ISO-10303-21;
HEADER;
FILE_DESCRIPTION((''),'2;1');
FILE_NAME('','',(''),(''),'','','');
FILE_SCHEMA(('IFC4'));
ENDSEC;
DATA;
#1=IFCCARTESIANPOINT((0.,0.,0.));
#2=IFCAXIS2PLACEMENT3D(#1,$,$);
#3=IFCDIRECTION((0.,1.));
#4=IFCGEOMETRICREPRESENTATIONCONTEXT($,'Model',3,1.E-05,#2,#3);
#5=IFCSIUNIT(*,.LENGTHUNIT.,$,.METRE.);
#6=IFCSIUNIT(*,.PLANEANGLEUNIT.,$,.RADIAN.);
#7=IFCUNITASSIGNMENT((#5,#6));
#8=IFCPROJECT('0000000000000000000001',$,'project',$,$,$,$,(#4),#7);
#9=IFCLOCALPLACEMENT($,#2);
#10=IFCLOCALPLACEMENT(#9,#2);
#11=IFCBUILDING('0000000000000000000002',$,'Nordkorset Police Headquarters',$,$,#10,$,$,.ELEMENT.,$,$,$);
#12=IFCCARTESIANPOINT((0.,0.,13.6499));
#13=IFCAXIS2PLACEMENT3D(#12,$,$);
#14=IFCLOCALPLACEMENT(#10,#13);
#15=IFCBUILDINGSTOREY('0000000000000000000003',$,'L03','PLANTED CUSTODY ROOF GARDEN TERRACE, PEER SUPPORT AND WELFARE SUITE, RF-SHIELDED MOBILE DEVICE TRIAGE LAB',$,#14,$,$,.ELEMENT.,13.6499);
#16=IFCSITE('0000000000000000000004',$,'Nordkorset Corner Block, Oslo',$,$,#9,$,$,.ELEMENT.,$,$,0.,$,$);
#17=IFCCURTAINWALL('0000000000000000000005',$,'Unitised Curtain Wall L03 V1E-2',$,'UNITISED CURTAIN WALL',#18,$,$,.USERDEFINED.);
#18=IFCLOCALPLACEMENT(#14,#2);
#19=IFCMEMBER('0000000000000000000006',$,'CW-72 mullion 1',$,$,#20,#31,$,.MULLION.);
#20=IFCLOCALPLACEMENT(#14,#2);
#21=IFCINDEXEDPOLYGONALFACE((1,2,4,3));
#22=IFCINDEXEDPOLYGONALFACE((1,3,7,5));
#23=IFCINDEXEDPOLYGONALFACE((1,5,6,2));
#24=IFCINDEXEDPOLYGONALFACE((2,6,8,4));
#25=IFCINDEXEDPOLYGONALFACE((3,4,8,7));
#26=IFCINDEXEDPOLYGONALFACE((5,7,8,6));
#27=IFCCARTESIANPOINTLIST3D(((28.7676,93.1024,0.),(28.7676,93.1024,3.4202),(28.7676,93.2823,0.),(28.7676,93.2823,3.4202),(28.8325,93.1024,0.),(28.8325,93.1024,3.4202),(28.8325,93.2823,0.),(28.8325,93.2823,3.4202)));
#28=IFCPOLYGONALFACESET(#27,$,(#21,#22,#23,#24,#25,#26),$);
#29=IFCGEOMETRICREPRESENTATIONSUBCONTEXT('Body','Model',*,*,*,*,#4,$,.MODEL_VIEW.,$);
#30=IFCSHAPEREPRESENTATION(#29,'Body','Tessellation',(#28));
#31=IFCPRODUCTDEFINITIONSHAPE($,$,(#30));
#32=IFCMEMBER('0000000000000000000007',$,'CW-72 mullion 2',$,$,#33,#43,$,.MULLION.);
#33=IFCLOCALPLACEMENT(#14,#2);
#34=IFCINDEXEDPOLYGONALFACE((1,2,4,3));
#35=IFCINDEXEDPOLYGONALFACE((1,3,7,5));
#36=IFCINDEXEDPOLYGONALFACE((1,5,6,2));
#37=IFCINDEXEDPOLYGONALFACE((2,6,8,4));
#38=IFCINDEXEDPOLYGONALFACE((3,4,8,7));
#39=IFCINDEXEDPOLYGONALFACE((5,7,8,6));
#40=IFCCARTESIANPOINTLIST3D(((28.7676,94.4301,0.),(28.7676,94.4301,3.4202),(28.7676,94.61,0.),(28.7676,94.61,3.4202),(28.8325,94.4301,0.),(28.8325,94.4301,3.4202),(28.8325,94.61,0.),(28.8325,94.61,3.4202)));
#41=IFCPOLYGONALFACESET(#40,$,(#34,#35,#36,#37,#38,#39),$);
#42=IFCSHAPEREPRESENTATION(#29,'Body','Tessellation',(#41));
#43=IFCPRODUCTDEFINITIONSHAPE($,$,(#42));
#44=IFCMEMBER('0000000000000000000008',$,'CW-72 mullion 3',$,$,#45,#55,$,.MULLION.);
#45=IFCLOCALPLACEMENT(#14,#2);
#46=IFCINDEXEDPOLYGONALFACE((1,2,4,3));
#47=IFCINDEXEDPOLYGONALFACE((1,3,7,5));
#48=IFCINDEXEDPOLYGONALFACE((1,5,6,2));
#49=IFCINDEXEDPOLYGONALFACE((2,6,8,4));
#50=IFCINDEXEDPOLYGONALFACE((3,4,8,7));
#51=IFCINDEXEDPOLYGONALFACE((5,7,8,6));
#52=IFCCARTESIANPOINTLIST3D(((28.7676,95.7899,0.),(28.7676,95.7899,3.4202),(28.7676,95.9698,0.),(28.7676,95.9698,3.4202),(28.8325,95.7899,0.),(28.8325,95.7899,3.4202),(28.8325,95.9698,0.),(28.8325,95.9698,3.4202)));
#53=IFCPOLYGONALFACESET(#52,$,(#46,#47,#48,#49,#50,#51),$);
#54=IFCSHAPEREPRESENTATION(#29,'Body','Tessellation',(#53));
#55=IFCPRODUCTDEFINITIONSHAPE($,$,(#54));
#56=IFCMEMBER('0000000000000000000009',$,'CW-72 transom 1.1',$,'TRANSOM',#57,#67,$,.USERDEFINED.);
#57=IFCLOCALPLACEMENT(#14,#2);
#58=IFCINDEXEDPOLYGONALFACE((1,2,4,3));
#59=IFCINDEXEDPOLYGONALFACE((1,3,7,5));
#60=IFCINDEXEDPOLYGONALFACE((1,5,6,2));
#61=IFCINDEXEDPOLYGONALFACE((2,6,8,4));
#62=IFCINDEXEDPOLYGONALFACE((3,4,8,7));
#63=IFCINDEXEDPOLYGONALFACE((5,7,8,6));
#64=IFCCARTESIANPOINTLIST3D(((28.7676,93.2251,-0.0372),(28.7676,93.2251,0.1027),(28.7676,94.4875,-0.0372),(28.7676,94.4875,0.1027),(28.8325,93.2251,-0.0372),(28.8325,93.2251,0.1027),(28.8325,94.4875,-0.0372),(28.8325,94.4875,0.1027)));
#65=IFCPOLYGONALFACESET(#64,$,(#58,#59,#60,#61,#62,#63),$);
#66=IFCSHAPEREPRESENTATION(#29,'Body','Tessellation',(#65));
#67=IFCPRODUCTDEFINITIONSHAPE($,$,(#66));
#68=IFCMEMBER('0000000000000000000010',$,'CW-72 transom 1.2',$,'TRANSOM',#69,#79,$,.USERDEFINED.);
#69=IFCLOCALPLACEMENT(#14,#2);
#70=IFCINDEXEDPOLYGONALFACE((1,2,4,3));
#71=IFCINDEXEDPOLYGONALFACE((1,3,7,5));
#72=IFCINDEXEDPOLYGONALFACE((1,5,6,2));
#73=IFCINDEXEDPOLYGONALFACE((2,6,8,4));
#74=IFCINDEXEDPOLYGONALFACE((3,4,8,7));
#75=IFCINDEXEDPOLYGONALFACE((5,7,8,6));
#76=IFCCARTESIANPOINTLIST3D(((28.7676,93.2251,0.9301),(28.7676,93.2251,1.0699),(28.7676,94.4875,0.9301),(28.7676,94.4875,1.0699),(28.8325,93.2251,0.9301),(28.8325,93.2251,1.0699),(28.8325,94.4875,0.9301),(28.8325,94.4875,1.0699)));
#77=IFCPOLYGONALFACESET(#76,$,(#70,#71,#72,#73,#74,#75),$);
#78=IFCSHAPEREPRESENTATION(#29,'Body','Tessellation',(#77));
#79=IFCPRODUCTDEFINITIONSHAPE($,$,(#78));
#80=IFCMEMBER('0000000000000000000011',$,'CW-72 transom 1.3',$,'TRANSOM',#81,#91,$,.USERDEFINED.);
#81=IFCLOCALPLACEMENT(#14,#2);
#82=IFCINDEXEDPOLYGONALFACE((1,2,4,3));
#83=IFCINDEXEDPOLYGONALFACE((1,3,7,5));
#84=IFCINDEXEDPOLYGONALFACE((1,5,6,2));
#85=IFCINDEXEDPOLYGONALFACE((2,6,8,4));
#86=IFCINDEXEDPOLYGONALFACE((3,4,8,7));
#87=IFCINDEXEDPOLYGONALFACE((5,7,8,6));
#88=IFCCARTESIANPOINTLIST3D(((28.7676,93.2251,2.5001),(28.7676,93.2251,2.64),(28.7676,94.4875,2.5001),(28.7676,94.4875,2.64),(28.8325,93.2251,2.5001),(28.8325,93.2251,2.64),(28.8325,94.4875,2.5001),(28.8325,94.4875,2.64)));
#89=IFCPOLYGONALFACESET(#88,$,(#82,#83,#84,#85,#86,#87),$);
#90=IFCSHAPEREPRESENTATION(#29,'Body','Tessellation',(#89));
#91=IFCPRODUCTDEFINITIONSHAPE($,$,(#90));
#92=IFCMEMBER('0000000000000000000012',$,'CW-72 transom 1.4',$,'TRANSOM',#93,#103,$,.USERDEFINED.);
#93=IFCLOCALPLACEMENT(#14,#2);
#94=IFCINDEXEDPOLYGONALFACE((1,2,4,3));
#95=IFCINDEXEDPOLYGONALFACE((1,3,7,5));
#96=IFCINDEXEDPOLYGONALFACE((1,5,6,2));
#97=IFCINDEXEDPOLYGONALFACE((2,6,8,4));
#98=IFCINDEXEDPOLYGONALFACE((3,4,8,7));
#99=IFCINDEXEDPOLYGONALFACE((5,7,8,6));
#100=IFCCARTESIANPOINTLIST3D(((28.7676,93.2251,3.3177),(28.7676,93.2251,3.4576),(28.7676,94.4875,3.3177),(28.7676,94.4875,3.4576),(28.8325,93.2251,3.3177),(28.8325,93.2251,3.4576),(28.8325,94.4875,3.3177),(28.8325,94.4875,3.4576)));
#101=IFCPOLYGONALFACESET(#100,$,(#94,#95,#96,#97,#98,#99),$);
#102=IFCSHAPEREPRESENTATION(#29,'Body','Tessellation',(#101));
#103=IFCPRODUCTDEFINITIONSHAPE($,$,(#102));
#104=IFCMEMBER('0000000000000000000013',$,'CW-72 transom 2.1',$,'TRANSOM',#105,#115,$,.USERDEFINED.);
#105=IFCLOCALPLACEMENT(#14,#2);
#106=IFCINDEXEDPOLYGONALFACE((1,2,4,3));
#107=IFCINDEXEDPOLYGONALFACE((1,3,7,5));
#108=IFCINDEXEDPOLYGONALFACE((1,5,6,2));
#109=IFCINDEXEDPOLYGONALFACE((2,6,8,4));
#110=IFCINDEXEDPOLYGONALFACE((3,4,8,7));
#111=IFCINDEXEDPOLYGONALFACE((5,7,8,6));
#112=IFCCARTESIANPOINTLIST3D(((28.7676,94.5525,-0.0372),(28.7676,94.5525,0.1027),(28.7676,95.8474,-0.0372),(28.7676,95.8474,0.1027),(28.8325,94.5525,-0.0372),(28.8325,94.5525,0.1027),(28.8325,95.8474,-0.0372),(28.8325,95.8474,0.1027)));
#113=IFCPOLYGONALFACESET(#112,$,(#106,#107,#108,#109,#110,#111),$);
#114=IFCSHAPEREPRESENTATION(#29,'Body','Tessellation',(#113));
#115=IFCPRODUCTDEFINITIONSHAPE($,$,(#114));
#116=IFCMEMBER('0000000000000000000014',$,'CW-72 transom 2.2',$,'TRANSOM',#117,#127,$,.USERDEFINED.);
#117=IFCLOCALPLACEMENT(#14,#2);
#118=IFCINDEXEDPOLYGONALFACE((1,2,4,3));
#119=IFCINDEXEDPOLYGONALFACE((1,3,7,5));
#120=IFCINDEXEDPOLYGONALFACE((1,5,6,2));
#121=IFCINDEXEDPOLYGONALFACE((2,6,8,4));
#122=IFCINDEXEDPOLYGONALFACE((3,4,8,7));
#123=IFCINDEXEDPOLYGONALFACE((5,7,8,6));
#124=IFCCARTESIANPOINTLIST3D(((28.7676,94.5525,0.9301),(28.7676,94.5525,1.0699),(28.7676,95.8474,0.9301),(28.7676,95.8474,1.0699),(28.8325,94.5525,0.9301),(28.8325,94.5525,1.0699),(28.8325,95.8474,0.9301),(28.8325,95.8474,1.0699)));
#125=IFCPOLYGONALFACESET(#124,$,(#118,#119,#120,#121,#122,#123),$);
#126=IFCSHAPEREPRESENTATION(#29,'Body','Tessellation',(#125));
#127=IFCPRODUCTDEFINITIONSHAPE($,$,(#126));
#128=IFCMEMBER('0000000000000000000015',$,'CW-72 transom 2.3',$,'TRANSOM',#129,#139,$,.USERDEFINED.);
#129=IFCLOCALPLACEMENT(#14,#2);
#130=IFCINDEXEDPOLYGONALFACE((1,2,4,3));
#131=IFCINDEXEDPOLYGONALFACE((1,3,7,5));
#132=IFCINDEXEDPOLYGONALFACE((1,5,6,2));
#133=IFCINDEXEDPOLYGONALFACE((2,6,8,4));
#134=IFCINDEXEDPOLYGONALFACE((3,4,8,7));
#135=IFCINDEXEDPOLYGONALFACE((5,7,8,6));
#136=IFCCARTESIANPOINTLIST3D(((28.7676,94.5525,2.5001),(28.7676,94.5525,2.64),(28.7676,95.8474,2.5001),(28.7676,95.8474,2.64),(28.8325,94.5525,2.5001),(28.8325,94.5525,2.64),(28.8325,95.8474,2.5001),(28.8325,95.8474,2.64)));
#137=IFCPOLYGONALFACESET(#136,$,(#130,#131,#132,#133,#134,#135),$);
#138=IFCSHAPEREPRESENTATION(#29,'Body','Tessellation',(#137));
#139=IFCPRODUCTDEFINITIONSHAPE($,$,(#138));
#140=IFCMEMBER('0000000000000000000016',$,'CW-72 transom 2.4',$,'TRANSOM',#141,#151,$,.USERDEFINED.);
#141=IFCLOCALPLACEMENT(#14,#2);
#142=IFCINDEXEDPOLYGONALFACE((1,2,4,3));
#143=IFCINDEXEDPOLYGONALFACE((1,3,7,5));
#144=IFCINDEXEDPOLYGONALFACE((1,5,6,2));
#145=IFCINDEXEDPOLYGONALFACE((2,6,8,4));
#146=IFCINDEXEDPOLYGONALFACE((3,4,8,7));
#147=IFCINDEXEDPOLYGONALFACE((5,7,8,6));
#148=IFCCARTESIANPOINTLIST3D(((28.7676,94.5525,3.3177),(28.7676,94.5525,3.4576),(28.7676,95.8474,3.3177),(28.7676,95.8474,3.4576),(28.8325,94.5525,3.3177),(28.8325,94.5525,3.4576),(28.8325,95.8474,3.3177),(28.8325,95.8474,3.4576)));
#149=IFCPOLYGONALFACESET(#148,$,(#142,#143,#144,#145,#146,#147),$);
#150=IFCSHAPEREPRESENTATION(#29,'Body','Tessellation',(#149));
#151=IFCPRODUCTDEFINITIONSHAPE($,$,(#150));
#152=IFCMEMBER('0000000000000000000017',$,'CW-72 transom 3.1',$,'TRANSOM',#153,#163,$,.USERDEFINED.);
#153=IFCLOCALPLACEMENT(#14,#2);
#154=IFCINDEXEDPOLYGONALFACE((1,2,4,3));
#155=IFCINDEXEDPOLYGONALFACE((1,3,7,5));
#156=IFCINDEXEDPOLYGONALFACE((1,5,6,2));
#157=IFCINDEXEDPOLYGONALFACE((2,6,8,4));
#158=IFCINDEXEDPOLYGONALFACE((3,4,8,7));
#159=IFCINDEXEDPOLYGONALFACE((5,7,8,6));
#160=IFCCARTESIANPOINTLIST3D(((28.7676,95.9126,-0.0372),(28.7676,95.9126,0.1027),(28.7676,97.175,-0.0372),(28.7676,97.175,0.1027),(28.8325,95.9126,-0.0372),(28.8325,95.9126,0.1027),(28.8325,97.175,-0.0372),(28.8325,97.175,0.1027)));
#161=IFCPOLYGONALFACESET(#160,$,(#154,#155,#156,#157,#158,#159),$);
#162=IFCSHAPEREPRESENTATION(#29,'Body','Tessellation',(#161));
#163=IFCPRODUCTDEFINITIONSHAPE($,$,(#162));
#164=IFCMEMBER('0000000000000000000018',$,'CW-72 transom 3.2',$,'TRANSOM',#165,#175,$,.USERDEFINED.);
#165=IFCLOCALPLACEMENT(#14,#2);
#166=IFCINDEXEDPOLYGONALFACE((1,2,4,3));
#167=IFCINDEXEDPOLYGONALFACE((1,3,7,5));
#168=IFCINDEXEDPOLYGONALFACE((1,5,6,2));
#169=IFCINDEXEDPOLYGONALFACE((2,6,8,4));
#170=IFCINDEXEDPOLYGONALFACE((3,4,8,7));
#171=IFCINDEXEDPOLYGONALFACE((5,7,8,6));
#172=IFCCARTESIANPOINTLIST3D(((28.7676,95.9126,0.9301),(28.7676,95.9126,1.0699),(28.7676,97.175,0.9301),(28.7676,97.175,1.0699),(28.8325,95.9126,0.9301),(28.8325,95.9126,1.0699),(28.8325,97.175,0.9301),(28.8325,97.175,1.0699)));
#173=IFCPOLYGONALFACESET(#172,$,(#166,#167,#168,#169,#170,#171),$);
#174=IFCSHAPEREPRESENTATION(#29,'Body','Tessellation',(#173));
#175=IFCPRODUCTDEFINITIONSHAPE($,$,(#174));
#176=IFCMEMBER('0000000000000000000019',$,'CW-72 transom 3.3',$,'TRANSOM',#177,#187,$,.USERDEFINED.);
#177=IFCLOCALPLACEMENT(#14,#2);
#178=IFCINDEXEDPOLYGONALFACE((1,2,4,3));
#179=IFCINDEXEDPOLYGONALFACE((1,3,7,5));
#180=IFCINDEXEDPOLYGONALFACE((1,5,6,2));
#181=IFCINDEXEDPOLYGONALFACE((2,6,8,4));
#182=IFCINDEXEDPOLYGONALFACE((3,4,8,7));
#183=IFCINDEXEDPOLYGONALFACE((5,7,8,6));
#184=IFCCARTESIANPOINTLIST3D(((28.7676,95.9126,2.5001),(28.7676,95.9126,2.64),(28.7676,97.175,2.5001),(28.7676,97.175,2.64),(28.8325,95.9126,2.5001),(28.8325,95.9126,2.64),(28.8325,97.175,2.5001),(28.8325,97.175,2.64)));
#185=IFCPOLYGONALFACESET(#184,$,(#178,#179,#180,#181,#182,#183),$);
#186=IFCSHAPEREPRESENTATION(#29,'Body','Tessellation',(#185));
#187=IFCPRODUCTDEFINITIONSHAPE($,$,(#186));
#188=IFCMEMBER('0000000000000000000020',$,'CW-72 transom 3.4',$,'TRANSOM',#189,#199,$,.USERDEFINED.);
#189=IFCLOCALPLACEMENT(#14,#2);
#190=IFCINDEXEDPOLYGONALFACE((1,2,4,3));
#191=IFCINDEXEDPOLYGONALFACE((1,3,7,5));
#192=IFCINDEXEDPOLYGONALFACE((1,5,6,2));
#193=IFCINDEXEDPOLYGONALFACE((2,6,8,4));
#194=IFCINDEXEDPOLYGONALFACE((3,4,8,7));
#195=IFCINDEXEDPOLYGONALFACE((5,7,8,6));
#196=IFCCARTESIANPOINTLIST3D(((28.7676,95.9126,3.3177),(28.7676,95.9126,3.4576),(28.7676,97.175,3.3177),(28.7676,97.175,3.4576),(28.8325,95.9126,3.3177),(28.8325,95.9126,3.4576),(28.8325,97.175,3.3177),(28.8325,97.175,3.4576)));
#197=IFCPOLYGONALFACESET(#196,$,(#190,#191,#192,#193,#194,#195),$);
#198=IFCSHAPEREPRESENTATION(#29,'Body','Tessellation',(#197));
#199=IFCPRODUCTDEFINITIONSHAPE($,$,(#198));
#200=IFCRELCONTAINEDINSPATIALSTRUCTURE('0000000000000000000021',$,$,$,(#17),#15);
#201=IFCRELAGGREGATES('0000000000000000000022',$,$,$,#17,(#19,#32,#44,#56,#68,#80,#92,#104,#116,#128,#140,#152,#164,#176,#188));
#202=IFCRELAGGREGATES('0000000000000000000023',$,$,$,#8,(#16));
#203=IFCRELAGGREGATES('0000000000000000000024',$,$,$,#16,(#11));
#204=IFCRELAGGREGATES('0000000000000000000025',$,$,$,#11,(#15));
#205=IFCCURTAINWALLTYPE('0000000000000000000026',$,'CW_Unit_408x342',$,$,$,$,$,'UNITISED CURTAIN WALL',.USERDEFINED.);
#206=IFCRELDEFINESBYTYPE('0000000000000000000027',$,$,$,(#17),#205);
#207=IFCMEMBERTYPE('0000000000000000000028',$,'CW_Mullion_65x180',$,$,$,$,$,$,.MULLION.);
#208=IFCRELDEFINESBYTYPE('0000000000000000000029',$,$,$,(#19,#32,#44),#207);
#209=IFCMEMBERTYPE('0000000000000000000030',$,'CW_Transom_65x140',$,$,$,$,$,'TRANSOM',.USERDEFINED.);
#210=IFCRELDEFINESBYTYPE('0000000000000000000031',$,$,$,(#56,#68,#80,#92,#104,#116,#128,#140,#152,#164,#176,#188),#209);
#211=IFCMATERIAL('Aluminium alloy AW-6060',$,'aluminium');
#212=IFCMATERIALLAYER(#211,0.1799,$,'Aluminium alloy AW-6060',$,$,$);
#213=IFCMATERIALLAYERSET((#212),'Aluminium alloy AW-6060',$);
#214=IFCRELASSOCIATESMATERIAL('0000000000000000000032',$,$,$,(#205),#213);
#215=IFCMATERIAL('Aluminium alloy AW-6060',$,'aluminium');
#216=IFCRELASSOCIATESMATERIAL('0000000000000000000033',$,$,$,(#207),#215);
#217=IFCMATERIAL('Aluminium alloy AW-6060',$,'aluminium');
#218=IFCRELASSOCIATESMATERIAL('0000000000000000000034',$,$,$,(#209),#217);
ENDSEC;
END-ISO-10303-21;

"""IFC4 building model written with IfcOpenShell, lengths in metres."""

from ifc_helpers import new_model, si_unit, direction, frame, origin, origin_2d, place, context, subcontext, project, spatial, rectangle, extrude, material, layer, layer_set, material_profile, profile_set, type_object, element, aggregate, save


model = new_model("IFC4")

# Units and contexts
model_context = context("Model", 3, precision=1e-05, world=origin(), true_north=direction((0.0, 1.0)))
body_context = subcontext(model_context, "Body", "Model", "MODEL_VIEW")
ifc_project = project(units=[si_unit("LENGTHUNIT", "METRE"), si_unit("PLANEANGLEUNIT", "RADIAN")], contexts=[model_context])

# Site, building, storey
site_placement = place(None, origin())
site = spatial("IfcSite", under=ifc_project, at=site_placement, Name="Nordkorset Corner Block, Oslo", CompositionType="ELEMENT", RefElevation=0.0)
building_placement = place(site_placement, origin())
building = spatial("IfcBuilding", under=site, at=building_placement, Name="Nordkorset Police Headquarters", CompositionType="ELEMENT")
storey_placement = place(building_placement, frame((0.0, 0.0, 13.6499)))
storey = spatial("IfcBuildingStorey", under=building, at=storey_placement, Name="L03", Description="PLANTED CUSTODY ROOF GARDEN TERRACE, PEER SUPPORT AND WELFARE SUITE, RF-SHIELDED MOBILE DEVICE TRIAGE LAB", CompositionType="ELEMENT", Elevation=13.6499)

# Curtain wall, members
ifc_material_1 = material(Name="Aluminium alloy AW-6060", Category="aluminium")
ifc_layer_1 = layer(ifc_material_1, 0.1799, Name="Aluminium alloy AW-6060")
ifc_layer_set_1 = layer_set([ifc_layer_1], Name="Aluminium alloy AW-6060")
curtain_wall_type = type_object("IfcCurtainWallType", Name="CW_Unit_408x342", ElementType="UNITISED CURTAIN WALL", PredefinedType="USERDEFINED", material=ifc_layer_set_1)
curtain_wall_placement = place(storey_placement, origin())
curtain_wall = element("IfcCurtainWall", 1, at=curtain_wall_placement, inside=storey, type_object=curtain_wall_type, Name="Unitised Curtain Wall L03 V1E-2", ObjectType="UNITISED CURTAIN WALL", PredefinedType="USERDEFINED")
ifc_material_2 = material(Name="Aluminium alloy AW-6060", Category="aluminium")
ifc_material_profile_1 = material_profile(ifc_material_2, rectangle(XDim=0.0649, YDim=0.1799, at=origin_2d()), Name="ALU MULL 65x180")
ifc_profile_set_1 = profile_set([ifc_material_profile_1], Name="Aluminium alloy AW-6060")
member_type_1 = type_object("IfcMemberType", Name="CW_Mullion_65x180", PredefinedType="MULLION", material=ifc_profile_set_1)
member_1_placement = place(storey_placement, frame((28.8, 93.1924, 0.0), z_axis=(0.0, 0.0, 1.0), x_axis=(-1.0, 0.0, 0.0)))
member_1 = element("IfcMember", 2, at=member_1_placement, type_object=member_type_1, Name="CW-72 mullion 1", PredefinedType="MULLION", context=body_context, shape_type="SweptSolid", body=[
    extrude(rectangle(XDim=0.0649, YDim=0.1799, at=origin_2d()), origin(), (0.0, 0.0, 1.0), 3.4202),
])
member_2_placement = place(storey_placement, frame((28.8, 94.52, 0.0), z_axis=(0.0, 0.0, 1.0), x_axis=(-1.0, 0.0, 0.0)))
member_2 = element("IfcMember", 3, at=member_2_placement, type_object=member_type_1, Name="CW-72 mullion 2", PredefinedType="MULLION", context=body_context, shape_type="SweptSolid", body=[
    extrude(rectangle(XDim=0.0649, YDim=0.1799, at=origin_2d()), origin(), (0.0, 0.0, 1.0), 3.4202),
])
member_3_placement = place(storey_placement, frame((28.8, 95.8799, 0.0), z_axis=(0.0, 0.0, 1.0), x_axis=(-1.0, 0.0, 0.0)))
member_3 = element("IfcMember", 4, at=member_3_placement, type_object=member_type_1, Name="CW-72 mullion 3", PredefinedType="MULLION", context=body_context, shape_type="SweptSolid", body=[
    extrude(rectangle(XDim=0.0649, YDim=0.1799, at=origin_2d()), origin(), (0.0, 0.0, 1.0), 3.4202),
])
ifc_material_3 = material(Name="Aluminium alloy AW-6060", Category="aluminium")
ifc_material_profile_2 = material_profile(ifc_material_3, rectangle(XDim=0.0649, YDim=0.1399, at=origin_2d()), Name="ALU TRAN 65x140")
ifc_profile_set_2 = profile_set([ifc_material_profile_2], Name="Aluminium alloy AW-6060")
member_type_2 = type_object("IfcMemberType", Name="CW_Transom_65x140", ElementType="TRANSOM", PredefinedType="USERDEFINED", material=ifc_profile_set_2)
member_4_placement = place(storey_placement, frame((28.8, 93.2251, 0.0327), z_axis=(0.0, 1.0, 0.0), x_axis=(-1.0, 0.0, 0.0)))
member_4 = element("IfcMember", 5, at=member_4_placement, type_object=member_type_2, Name="CW-72 transom 1.1", ObjectType="TRANSOM", PredefinedType="USERDEFINED", context=body_context, shape_type="SweptSolid", body=[
    extrude(rectangle(XDim=0.0649, YDim=0.1399, at=origin_2d()), origin(), (0.0, 0.0, 1.0), 1.2625),
])
member_5_placement = place(storey_placement, frame((28.8, 93.2251, 1.0), z_axis=(0.0, 1.0, 0.0), x_axis=(-1.0, 0.0, 0.0)))
member_5 = element("IfcMember", 6, at=member_5_placement, type_object=member_type_2, Name="CW-72 transom 1.2", ObjectType="TRANSOM", PredefinedType="USERDEFINED", context=body_context, shape_type="SweptSolid", body=[
    extrude(rectangle(XDim=0.0649, YDim=0.1399, at=origin_2d()), origin(), (0.0, 0.0, 1.0), 1.2625),
])
member_6_placement = place(storey_placement, frame((28.8, 93.2251, 2.5701), z_axis=(0.0, 1.0, 0.0), x_axis=(-1.0, 0.0, 0.0)))
member_6 = element("IfcMember", 7, at=member_6_placement, type_object=member_type_2, Name="CW-72 transom 1.3", ObjectType="TRANSOM", PredefinedType="USERDEFINED", context=body_context, shape_type="SweptSolid", body=[
    extrude(rectangle(XDim=0.0649, YDim=0.1399, at=origin_2d()), origin(), (0.0, 0.0, 1.0), 1.2625),
])
member_7_placement = place(storey_placement, frame((28.8, 93.2251, 3.3877), z_axis=(0.0, 1.0, 0.0), x_axis=(-1.0, 0.0, 0.0)))
member_7 = element("IfcMember", 8, at=member_7_placement, type_object=member_type_2, Name="CW-72 transom 1.4", ObjectType="TRANSOM", PredefinedType="USERDEFINED", context=body_context, shape_type="SweptSolid", body=[
    extrude(rectangle(XDim=0.0649, YDim=0.1399, at=origin_2d()), origin(), (0.0, 0.0, 1.0), 1.2625),
])
member_8_placement = place(storey_placement, frame((28.8, 94.5525, 0.0327), z_axis=(0.0, 1.0, 0.0), x_axis=(-1.0, 0.0, 0.0)))
member_8 = element("IfcMember", 9, at=member_8_placement, type_object=member_type_2, Name="CW-72 transom 2.1", ObjectType="TRANSOM", PredefinedType="USERDEFINED", context=body_context, shape_type="SweptSolid", body=[
    extrude(rectangle(XDim=0.0649, YDim=0.1399, at=origin_2d()), origin(), (0.0, 0.0, 1.0), 1.2949),
])
member_9_placement = place(storey_placement, frame((28.8, 94.5525, 1.0), z_axis=(0.0, 1.0, 0.0), x_axis=(-1.0, 0.0, 0.0)))
member_9 = element("IfcMember", 10, at=member_9_placement, type_object=member_type_2, Name="CW-72 transom 2.2", ObjectType="TRANSOM", PredefinedType="USERDEFINED", context=body_context, shape_type="SweptSolid", body=[
    extrude(rectangle(XDim=0.0649, YDim=0.1399, at=origin_2d()), origin(), (0.0, 0.0, 1.0), 1.2949),
])
member_10_placement = place(storey_placement, frame((28.8, 94.5525, 2.5701), z_axis=(0.0, 1.0, 0.0), x_axis=(-1.0, 0.0, 0.0)))
member_10 = element("IfcMember", 11, at=member_10_placement, type_object=member_type_2, Name="CW-72 transom 2.3", ObjectType="TRANSOM", PredefinedType="USERDEFINED", context=body_context, shape_type="SweptSolid", body=[
    extrude(rectangle(XDim=0.0649, YDim=0.1399, at=origin_2d()), origin(), (0.0, 0.0, 1.0), 1.2949),
])
member_11_placement = place(storey_placement, frame((28.8, 94.5525, 3.3877), z_axis=(0.0, 1.0, 0.0), x_axis=(-1.0, 0.0, 0.0)))
member_11 = element("IfcMember", 12, at=member_11_placement, type_object=member_type_2, Name="CW-72 transom 2.4", ObjectType="TRANSOM", PredefinedType="USERDEFINED", context=body_context, shape_type="SweptSolid", body=[
    extrude(rectangle(XDim=0.0649, YDim=0.1399, at=origin_2d()), origin(), (0.0, 0.0, 1.0), 1.2949),
])
member_12_placement = place(storey_placement, frame((28.8, 95.9126, 0.0327), z_axis=(0.0, 1.0, 0.0), x_axis=(-1.0, 0.0, 0.0)))
member_12 = element("IfcMember", 13, at=member_12_placement, type_object=member_type_2, Name="CW-72 transom 3.1", ObjectType="TRANSOM", PredefinedType="USERDEFINED", context=body_context, shape_type="SweptSolid", body=[
    extrude(rectangle(XDim=0.0649, YDim=0.1399, at=origin_2d()), origin(), (0.0, 0.0, 1.0), 1.2625),
])
member_13_placement = place(storey_placement, frame((28.8, 95.9126, 1.0), z_axis=(0.0, 1.0, 0.0), x_axis=(-1.0, 0.0, 0.0)))
member_13 = element("IfcMember", 14, at=member_13_placement, type_object=member_type_2, Name="CW-72 transom 3.2", ObjectType="TRANSOM", PredefinedType="USERDEFINED", context=body_context, shape_type="SweptSolid", body=[
    extrude(rectangle(XDim=0.0649, YDim=0.1399, at=origin_2d()), origin(), (0.0, 0.0, 1.0), 1.2625),
])
member_14_placement = place(storey_placement, frame((28.8, 95.9126, 2.5701), z_axis=(0.0, 1.0, 0.0), x_axis=(-1.0, 0.0, 0.0)))
member_14 = element("IfcMember", 15, at=member_14_placement, type_object=member_type_2, Name="CW-72 transom 3.3", ObjectType="TRANSOM", PredefinedType="USERDEFINED", context=body_context, shape_type="SweptSolid", body=[
    extrude(rectangle(XDim=0.0649, YDim=0.1399, at=origin_2d()), origin(), (0.0, 0.0, 1.0), 1.2625),
])
member_15_placement = place(storey_placement, frame((28.8, 95.9126, 3.3877), z_axis=(0.0, 1.0, 0.0), x_axis=(-1.0, 0.0, 0.0)))
member_15 = element("IfcMember", 16, at=member_15_placement, type_object=member_type_2, Name="CW-72 transom 3.4", ObjectType="TRANSOM", PredefinedType="USERDEFINED", context=body_context, shape_type="SweptSolid", body=[
    extrude(rectangle(XDim=0.0649, YDim=0.1399, at=origin_2d()), origin(), (0.0, 0.0, 1.0), 1.2625),
])

aggregate(curtain_wall, [member_1, member_2, member_3, member_4, member_5, member_6, member_7, member_8, member_9, member_10, member_11, member_12, member_13, member_14, member_15])

save(model, "model.ifc")
